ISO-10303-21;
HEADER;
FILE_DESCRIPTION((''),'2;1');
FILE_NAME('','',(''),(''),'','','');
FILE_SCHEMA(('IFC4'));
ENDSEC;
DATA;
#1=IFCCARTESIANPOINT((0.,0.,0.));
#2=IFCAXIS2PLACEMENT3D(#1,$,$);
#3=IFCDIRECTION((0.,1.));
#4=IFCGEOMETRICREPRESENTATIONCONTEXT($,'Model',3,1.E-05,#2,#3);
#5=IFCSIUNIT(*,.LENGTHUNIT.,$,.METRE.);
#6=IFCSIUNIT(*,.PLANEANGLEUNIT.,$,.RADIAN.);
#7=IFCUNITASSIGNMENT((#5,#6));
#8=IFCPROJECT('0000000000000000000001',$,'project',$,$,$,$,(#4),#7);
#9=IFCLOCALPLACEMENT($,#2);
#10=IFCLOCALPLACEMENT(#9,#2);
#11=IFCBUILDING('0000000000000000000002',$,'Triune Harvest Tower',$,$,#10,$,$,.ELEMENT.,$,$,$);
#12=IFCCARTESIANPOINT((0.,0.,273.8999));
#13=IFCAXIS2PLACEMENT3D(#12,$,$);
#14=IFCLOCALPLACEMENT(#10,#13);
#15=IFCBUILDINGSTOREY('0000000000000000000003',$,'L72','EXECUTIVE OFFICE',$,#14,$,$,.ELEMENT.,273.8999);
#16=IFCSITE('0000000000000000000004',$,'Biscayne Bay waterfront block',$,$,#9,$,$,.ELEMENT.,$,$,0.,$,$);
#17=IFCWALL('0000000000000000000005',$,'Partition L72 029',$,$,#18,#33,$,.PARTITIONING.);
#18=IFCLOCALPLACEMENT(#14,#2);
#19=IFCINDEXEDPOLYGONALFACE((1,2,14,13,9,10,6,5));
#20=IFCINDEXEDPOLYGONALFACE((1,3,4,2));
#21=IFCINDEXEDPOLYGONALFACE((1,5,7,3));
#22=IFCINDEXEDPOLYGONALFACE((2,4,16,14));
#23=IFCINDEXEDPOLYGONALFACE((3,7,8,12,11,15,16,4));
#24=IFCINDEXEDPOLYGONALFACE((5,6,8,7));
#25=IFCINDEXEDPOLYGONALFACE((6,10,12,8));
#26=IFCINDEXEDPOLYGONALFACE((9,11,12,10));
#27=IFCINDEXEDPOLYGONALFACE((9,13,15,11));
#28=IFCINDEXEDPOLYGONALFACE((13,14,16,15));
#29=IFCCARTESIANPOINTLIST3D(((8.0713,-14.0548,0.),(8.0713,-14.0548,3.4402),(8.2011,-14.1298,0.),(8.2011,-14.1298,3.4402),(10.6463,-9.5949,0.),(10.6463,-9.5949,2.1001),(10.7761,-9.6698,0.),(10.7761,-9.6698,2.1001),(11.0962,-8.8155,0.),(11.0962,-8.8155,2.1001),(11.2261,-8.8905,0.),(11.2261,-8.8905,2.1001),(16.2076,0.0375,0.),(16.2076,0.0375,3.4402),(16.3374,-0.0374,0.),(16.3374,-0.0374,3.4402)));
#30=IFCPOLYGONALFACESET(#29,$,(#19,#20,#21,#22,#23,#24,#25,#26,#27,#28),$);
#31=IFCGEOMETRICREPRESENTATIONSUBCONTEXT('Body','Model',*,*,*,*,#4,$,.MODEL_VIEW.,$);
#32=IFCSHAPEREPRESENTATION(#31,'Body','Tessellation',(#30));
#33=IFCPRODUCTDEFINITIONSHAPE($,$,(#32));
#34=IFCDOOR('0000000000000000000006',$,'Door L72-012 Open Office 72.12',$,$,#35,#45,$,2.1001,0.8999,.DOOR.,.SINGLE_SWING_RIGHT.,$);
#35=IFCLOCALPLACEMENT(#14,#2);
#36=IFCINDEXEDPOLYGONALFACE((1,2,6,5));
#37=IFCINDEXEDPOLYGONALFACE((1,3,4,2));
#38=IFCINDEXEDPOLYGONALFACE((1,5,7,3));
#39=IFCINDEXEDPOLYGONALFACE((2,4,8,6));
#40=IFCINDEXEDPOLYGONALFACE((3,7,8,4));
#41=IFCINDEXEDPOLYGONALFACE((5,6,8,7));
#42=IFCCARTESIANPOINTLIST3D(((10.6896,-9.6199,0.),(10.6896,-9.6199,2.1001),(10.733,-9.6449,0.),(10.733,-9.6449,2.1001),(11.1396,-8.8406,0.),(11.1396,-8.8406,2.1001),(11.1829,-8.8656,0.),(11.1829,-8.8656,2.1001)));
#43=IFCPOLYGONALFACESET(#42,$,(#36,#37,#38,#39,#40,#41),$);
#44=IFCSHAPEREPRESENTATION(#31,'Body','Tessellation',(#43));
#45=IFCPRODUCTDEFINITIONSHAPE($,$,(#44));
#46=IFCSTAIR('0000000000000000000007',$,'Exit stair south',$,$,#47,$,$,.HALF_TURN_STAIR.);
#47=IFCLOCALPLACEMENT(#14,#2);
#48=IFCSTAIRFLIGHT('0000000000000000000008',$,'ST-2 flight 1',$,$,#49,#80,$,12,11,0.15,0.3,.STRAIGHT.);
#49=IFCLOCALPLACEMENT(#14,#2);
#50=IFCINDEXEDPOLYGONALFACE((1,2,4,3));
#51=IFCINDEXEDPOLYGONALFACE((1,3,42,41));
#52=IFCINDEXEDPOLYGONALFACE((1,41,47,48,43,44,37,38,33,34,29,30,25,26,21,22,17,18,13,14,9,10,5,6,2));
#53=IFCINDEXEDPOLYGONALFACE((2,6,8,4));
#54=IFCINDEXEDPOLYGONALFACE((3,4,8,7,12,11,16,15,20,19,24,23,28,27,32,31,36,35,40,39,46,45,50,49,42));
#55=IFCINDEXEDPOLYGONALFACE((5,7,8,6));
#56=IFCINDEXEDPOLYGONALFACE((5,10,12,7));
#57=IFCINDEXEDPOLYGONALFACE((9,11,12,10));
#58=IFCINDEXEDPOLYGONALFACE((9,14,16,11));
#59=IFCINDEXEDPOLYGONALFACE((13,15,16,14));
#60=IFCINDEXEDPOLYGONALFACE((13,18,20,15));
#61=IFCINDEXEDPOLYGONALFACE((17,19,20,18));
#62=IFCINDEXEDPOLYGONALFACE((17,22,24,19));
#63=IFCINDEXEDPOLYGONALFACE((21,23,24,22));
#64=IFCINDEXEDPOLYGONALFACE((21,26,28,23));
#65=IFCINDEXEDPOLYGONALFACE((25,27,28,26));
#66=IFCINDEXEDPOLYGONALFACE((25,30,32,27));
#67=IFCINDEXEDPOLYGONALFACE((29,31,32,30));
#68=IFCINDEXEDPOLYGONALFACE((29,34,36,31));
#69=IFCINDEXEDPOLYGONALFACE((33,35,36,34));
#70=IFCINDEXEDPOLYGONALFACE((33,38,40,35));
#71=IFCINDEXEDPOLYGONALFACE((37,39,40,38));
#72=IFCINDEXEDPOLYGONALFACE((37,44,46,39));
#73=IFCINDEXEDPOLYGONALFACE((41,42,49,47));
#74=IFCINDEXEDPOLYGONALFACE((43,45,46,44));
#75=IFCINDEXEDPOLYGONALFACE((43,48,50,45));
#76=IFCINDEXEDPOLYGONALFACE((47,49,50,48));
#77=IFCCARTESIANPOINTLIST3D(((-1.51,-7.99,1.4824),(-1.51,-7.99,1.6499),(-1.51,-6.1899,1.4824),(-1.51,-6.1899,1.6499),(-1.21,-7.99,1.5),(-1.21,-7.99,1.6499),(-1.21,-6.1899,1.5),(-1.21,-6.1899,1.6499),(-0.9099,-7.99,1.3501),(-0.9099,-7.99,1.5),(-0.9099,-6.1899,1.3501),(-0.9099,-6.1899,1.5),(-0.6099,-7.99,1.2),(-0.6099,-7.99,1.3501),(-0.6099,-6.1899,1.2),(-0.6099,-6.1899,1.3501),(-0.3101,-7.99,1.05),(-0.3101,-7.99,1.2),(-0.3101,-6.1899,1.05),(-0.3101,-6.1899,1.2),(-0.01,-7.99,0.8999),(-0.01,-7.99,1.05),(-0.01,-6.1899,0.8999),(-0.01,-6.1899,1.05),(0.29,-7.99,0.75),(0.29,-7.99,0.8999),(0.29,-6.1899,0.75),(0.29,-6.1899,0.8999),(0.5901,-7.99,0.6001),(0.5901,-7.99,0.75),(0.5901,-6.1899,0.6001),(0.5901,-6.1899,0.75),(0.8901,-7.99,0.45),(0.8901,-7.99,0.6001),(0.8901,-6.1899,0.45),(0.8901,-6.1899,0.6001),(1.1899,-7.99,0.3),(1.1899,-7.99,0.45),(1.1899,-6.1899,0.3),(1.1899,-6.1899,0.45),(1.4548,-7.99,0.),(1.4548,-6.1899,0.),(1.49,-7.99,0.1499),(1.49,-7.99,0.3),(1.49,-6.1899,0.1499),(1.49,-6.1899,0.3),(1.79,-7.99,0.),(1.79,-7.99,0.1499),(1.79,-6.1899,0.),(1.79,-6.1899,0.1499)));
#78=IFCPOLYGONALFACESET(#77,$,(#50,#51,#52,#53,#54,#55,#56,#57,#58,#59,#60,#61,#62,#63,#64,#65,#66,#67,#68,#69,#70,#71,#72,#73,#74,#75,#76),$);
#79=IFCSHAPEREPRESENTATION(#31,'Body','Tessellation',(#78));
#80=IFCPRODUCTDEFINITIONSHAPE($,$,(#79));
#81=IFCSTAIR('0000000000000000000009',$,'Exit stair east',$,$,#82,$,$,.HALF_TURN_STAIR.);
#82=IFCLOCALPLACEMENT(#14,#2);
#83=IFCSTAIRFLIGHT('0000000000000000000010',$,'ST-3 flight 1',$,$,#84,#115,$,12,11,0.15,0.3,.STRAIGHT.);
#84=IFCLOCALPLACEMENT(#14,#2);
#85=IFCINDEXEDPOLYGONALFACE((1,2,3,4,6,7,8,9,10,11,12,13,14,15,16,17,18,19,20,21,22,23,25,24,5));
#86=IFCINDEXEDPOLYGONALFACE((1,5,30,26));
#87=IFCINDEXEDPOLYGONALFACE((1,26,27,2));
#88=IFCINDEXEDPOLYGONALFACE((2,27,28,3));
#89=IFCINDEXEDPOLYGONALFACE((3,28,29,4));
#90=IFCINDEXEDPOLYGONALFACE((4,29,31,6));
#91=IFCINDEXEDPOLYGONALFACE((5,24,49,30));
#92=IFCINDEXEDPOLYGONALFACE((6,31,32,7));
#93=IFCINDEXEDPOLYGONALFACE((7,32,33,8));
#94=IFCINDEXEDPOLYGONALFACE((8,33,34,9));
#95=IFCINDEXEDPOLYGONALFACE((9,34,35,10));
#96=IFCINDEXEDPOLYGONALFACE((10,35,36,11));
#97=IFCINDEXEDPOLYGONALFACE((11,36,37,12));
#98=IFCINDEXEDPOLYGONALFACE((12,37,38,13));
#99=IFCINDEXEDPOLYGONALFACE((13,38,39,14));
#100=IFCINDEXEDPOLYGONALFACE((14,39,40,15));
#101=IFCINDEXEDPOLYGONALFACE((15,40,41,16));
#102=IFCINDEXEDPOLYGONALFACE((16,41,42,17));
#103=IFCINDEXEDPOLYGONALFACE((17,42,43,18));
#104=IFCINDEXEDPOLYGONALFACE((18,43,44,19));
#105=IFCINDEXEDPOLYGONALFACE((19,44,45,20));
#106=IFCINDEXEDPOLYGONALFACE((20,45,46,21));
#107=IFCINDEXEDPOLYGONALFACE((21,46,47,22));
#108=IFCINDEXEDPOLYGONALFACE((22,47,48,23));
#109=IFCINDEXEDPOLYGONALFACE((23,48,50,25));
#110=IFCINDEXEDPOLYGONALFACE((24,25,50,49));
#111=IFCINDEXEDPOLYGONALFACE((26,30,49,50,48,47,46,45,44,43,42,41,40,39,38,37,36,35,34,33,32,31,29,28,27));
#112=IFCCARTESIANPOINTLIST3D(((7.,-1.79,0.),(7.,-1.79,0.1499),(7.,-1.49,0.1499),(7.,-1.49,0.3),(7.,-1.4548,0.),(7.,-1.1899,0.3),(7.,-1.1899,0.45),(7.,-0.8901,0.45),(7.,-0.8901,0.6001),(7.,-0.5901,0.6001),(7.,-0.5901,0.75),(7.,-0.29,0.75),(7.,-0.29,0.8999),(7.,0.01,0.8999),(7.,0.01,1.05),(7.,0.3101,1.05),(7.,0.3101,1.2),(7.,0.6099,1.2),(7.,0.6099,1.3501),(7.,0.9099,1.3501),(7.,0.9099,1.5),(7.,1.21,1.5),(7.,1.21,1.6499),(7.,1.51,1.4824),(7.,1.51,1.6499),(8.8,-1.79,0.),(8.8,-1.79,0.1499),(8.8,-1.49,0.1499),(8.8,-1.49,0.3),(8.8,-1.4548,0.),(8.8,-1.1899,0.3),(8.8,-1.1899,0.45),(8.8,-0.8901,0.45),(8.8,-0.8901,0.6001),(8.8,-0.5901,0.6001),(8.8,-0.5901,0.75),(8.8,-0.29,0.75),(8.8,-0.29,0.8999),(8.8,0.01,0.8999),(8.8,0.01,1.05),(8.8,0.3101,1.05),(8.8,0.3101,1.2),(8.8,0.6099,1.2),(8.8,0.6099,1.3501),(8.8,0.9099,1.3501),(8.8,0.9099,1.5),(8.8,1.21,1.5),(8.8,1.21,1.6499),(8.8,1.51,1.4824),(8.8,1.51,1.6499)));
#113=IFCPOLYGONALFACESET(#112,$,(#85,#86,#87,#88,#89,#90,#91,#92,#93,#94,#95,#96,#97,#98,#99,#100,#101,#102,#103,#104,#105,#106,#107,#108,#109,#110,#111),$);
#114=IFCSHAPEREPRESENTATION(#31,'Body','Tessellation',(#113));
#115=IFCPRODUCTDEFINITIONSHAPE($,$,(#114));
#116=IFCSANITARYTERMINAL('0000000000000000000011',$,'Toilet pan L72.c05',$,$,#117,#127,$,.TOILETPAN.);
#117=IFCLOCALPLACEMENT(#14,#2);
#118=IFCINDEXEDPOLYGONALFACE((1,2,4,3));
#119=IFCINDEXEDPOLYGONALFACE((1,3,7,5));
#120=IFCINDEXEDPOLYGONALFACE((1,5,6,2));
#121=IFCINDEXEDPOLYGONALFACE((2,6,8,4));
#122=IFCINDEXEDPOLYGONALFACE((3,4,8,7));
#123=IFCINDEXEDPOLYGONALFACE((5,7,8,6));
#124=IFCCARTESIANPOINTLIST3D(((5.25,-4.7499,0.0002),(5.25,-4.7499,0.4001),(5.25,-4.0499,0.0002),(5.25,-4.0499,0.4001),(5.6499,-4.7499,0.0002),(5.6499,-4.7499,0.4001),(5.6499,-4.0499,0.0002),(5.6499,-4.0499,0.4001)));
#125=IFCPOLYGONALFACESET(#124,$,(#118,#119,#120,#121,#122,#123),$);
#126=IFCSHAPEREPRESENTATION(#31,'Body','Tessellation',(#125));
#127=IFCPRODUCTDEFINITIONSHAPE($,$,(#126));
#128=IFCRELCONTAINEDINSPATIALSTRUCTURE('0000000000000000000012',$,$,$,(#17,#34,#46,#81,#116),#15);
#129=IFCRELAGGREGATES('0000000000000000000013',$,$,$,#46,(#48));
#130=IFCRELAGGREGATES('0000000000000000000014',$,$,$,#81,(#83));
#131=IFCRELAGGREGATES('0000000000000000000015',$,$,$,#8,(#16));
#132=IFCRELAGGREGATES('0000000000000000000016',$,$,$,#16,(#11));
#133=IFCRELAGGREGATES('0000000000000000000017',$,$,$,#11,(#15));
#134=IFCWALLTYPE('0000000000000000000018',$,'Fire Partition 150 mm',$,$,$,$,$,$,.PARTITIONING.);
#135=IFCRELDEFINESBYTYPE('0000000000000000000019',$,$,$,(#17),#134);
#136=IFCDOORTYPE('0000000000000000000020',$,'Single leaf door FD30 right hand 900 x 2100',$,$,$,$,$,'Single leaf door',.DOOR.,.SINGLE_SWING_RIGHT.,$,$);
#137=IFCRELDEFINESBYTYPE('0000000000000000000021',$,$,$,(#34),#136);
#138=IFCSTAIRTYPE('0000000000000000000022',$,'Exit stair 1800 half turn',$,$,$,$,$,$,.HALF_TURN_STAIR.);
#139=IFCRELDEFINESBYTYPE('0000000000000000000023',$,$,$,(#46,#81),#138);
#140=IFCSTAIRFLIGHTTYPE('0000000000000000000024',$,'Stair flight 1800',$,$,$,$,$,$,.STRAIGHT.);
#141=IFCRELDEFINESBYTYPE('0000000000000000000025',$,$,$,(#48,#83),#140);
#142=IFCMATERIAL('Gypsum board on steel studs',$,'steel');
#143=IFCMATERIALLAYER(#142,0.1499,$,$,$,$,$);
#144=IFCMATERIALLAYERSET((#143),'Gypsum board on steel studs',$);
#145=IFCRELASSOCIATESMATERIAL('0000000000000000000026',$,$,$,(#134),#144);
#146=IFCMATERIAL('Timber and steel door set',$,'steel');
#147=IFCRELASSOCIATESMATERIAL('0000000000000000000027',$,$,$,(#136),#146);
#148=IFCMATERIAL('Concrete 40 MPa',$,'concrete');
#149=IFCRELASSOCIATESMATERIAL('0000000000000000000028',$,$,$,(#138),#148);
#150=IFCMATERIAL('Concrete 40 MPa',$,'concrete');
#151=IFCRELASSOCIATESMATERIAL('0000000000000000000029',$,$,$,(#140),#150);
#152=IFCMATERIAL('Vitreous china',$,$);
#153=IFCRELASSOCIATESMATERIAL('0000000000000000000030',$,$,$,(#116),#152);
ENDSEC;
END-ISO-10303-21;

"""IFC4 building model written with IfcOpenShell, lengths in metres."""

from ifc_helpers import new_model, si_unit, direction, frame, frame_2d, origin, origin_2d, place, context, subcontext, project, spatial, polyline, rectangle, outline, extrude, source, transform, mapped, material, layer, layer_set, type_object, element, fill, aggregate, save


model = new_model("IFC4")

# Units and contexts
model_context = context("Model", 3, precision=1e-05, world=origin(), true_north=direction((0.0, 1.0)))
body_context = subcontext(model_context, "Body", "Model", "MODEL_VIEW")
ifc_project = project(units=[si_unit("LENGTHUNIT", "METRE"), si_unit("PLANEANGLEUNIT", "RADIAN")], contexts=[model_context])

# Site, building, storey
site_placement = place(None, origin())
site = spatial("IfcSite", under=ifc_project, at=site_placement, Name="Biscayne Bay waterfront block", CompositionType="ELEMENT", RefElevation=0.0)
building_placement = place(site_placement, origin())
building = spatial("IfcBuilding", under=site, at=building_placement, Name="Triune Harvest Tower", CompositionType="ELEMENT")
storey_placement = place(building_placement, frame((0.0, 0.0, 273.8999)))
storey = spatial("IfcBuildingStorey", under=building, at=storey_placement, Name="L72", Description="EXECUTIVE OFFICE", CompositionType="ELEMENT", Elevation=273.8999)

# Wall, opening, door
ifc_material_1 = material(Name="Gypsum board on steel studs", Category="steel")
ifc_layer_1 = layer(ifc_material_1, 0.1499)
ifc_layer_set_1 = layer_set([ifc_layer_1], Name="Gypsum board on steel studs")
wall_type_1 = type_object("IfcWallType", Name="Fire Partition 150 mm", PredefinedType="PARTITIONING", material=ifc_layer_set_1)
shared_shape_1 = source(origin(), body_context, "Body", "SweptSolid", [
    extrude(rectangle(XDim=16.2725, YDim=0.1499, at=frame_2d((8.1362, 0.0))), origin(), (0.0, 0.0, 1.0), 3.4402),
])
wall_1_placement = place(storey_placement, frame((8.1362, -14.0923, 0.0), z_axis=(0.0, 0.0, 1.0), x_axis=(0.500002, 0.866024, 0.0)))
wall_1 = element("IfcWall", 1, at=wall_1_placement, inside=storey, type_object=wall_type_1, Name="Partition L72 029", PredefinedType="PARTITIONING", context=body_context, shape_type="MappedRepresentation", body=[
    mapped(shared_shape_1, transform((0.0, 0.0, 0.0), scale=1.0)),
])
opening_1_placement = place(wall_1_placement, frame((5.1499, 0.0, 0.0)))
opening_1 = element("IfcOpeningElement", 2, at=opening_1_placement, cuts=wall_1, PredefinedType="OPENING", context=body_context, shape_type="SweptSolid", body=[
    extrude(rectangle(XDim=0.8999, YDim=2.1001, at=frame_2d((0.45, 1.05))), frame((0.0, 0.085, 0.0), z_axis=(0.0, -1.0, 0.0), x_axis=(1.0, 0.0, 0.0)), (0.0, 0.0, 1.0), 0.1699),
])
ifc_material_2 = material(Name="Timber and steel door set", Category="steel")
door_type_1 = type_object("IfcDoorType", Name="Single leaf door FD30 right hand 900 x 2100", ElementType="Single leaf door", OperationType="SINGLE_SWING_RIGHT", PredefinedType="DOOR", material=ifc_material_2)
door_1_placement = place(opening_1_placement, origin())
door_1 = element("IfcDoor", 3, at=door_1_placement, inside=storey, type_object=door_type_1, Name="Door L72-012 Open Office 72.12", OperationType="SINGLE_SWING_RIGHT", OverallHeight=2.1001, OverallWidth=0.8999, PredefinedType="DOOR", context=body_context, shape_type="SweptSolid", body=[
    extrude(rectangle(XDim=0.8999, YDim=2.1001, at=frame_2d((0.45, 1.05))), frame((0.0, 0.0249, 0.0), z_axis=(0.0, -1.0, 0.0), x_axis=(1.0, 0.0, 0.0)), (0.0, 0.0, 1.0), 0.05),
])
fill(opening_1, door_1)

# Stairs, stair flights
ifc_material_3 = material(Name="Concrete 40 MPa", Category="concrete")
stair_type = type_object("IfcStairType", Name="Exit stair 1800 half turn", PredefinedType="HALF_TURN_STAIR", material=ifc_material_3)
stair_1_placement = place(storey_placement, origin())
stair_1 = element("IfcStair", 4, at=stair_1_placement, inside=storey, type_object=stair_type, Name="Exit stair south", PredefinedType="HALF_TURN_STAIR")
ifc_material_4 = material(Name="Concrete 40 MPa", Category="concrete")
stair_flight_type = type_object("IfcStairFlightType", Name="Stair flight 1800", PredefinedType="STRAIGHT", material=ifc_material_4)
shared_shape_2 = source(origin(), body_context, "Body", "SweptSolid", [
    extrude(outline(polyline([(0.0, 0.0), (0.0, 0.1499), (0.3, 0.1499), (0.3, 0.3), (0.6001, 0.3), (0.6001, 0.45), (0.8999, 0.45), (0.8999, 0.6001), (1.2, 0.6001), (1.2, 0.75), (1.5, 0.75), (1.5, 0.8999), (1.8, 0.8999), (1.8, 1.05), (2.1001, 1.05), (2.1001, 1.2), (2.3999, 1.2), (2.3999, 1.3501), (2.7, 1.3501), (2.7, 1.5), (3.0, 1.5), (3.0, 1.6499), (3.3, 1.6499), (3.3, 1.8), (3.3, 1.4824), (0.3352, 0.0), (0.0, 0.0)])), frame((0.0, 0.8999, 0.0), z_axis=(0.0, -1.0, 0.0), x_axis=(1.0, 0.0, 0.0)), (0.0, 0.0, 1.0), 1.8),
])
stair_flight_1_placement = place(storey_placement, frame((1.79, -7.0901, 0.0), z_axis=(0.0, 0.0, 1.0), x_axis=(-1.0, 0.0, 0.0)))
stair_flight_1 = element("IfcStairFlight", 5, at=stair_flight_1_placement, type_object=stair_flight_type, Name="ST-2 flight 1", NumberOfRisers=12, NumberOfTreads=11, PredefinedType="STRAIGHT", RiserHeight=0.15, TreadLength=0.3, context=body_context, shape_type="MappedRepresentation", body=[
    mapped(shared_shape_2, transform((0.0, 0.0, 0.0), scale=1.0)),
])
aggregate(stair_1, [stair_flight_1])
stair_2_placement = place(storey_placement, origin())
stair_2 = element("IfcStair", 6, at=stair_2_placement, inside=storey, type_object=stair_type, Name="Exit stair east", PredefinedType="HALF_TURN_STAIR")
stair_flight_2_placement = place(storey_placement, frame((7.8999, -1.79, 0.0), z_axis=(0.0, 0.0, 1.0), x_axis=(0.0, 1.0, 0.0)))
stair_flight_2 = element("IfcStairFlight", 7, at=stair_flight_2_placement, type_object=stair_flight_type, Name="ST-3 flight 1", NumberOfRisers=12, NumberOfTreads=11, PredefinedType="STRAIGHT", RiserHeight=0.15, TreadLength=0.3, context=body_context, shape_type="MappedRepresentation", body=[
    mapped(shared_shape_2, transform((0.0, 0.0, 0.0), scale=1.0)),
])
aggregate(stair_2, [stair_flight_2])

# Sanitary terminal
ifc_material_5 = material(Name="Vitreous china")
shared_shape_3 = source(origin(), body_context, "Body", "SweptSolid", [
    extrude(rectangle(XDim=0.3999, YDim=0.7, at=origin_2d()), origin(), (0.0, 0.0, 1.0), 0.3999),
])
sanitary_terminal_placement = place(storey_placement, frame((5.45, -4.3999, 0.0002), z_axis=(0.0, 0.0, 1.0), x_axis=(1.0, 0.0, 0.0)))
element("IfcSanitaryTerminal", 8, at=sanitary_terminal_placement, inside=storey, material=ifc_material_5, Name="Toilet pan L72.c05", PredefinedType="TOILETPAN", context=body_context, shape_type="MappedRepresentation", body=[
    mapped(shared_shape_3, transform((0.0, 0.0, 0.0), scale=1.0)),
])

save(model, "model.ifc")
